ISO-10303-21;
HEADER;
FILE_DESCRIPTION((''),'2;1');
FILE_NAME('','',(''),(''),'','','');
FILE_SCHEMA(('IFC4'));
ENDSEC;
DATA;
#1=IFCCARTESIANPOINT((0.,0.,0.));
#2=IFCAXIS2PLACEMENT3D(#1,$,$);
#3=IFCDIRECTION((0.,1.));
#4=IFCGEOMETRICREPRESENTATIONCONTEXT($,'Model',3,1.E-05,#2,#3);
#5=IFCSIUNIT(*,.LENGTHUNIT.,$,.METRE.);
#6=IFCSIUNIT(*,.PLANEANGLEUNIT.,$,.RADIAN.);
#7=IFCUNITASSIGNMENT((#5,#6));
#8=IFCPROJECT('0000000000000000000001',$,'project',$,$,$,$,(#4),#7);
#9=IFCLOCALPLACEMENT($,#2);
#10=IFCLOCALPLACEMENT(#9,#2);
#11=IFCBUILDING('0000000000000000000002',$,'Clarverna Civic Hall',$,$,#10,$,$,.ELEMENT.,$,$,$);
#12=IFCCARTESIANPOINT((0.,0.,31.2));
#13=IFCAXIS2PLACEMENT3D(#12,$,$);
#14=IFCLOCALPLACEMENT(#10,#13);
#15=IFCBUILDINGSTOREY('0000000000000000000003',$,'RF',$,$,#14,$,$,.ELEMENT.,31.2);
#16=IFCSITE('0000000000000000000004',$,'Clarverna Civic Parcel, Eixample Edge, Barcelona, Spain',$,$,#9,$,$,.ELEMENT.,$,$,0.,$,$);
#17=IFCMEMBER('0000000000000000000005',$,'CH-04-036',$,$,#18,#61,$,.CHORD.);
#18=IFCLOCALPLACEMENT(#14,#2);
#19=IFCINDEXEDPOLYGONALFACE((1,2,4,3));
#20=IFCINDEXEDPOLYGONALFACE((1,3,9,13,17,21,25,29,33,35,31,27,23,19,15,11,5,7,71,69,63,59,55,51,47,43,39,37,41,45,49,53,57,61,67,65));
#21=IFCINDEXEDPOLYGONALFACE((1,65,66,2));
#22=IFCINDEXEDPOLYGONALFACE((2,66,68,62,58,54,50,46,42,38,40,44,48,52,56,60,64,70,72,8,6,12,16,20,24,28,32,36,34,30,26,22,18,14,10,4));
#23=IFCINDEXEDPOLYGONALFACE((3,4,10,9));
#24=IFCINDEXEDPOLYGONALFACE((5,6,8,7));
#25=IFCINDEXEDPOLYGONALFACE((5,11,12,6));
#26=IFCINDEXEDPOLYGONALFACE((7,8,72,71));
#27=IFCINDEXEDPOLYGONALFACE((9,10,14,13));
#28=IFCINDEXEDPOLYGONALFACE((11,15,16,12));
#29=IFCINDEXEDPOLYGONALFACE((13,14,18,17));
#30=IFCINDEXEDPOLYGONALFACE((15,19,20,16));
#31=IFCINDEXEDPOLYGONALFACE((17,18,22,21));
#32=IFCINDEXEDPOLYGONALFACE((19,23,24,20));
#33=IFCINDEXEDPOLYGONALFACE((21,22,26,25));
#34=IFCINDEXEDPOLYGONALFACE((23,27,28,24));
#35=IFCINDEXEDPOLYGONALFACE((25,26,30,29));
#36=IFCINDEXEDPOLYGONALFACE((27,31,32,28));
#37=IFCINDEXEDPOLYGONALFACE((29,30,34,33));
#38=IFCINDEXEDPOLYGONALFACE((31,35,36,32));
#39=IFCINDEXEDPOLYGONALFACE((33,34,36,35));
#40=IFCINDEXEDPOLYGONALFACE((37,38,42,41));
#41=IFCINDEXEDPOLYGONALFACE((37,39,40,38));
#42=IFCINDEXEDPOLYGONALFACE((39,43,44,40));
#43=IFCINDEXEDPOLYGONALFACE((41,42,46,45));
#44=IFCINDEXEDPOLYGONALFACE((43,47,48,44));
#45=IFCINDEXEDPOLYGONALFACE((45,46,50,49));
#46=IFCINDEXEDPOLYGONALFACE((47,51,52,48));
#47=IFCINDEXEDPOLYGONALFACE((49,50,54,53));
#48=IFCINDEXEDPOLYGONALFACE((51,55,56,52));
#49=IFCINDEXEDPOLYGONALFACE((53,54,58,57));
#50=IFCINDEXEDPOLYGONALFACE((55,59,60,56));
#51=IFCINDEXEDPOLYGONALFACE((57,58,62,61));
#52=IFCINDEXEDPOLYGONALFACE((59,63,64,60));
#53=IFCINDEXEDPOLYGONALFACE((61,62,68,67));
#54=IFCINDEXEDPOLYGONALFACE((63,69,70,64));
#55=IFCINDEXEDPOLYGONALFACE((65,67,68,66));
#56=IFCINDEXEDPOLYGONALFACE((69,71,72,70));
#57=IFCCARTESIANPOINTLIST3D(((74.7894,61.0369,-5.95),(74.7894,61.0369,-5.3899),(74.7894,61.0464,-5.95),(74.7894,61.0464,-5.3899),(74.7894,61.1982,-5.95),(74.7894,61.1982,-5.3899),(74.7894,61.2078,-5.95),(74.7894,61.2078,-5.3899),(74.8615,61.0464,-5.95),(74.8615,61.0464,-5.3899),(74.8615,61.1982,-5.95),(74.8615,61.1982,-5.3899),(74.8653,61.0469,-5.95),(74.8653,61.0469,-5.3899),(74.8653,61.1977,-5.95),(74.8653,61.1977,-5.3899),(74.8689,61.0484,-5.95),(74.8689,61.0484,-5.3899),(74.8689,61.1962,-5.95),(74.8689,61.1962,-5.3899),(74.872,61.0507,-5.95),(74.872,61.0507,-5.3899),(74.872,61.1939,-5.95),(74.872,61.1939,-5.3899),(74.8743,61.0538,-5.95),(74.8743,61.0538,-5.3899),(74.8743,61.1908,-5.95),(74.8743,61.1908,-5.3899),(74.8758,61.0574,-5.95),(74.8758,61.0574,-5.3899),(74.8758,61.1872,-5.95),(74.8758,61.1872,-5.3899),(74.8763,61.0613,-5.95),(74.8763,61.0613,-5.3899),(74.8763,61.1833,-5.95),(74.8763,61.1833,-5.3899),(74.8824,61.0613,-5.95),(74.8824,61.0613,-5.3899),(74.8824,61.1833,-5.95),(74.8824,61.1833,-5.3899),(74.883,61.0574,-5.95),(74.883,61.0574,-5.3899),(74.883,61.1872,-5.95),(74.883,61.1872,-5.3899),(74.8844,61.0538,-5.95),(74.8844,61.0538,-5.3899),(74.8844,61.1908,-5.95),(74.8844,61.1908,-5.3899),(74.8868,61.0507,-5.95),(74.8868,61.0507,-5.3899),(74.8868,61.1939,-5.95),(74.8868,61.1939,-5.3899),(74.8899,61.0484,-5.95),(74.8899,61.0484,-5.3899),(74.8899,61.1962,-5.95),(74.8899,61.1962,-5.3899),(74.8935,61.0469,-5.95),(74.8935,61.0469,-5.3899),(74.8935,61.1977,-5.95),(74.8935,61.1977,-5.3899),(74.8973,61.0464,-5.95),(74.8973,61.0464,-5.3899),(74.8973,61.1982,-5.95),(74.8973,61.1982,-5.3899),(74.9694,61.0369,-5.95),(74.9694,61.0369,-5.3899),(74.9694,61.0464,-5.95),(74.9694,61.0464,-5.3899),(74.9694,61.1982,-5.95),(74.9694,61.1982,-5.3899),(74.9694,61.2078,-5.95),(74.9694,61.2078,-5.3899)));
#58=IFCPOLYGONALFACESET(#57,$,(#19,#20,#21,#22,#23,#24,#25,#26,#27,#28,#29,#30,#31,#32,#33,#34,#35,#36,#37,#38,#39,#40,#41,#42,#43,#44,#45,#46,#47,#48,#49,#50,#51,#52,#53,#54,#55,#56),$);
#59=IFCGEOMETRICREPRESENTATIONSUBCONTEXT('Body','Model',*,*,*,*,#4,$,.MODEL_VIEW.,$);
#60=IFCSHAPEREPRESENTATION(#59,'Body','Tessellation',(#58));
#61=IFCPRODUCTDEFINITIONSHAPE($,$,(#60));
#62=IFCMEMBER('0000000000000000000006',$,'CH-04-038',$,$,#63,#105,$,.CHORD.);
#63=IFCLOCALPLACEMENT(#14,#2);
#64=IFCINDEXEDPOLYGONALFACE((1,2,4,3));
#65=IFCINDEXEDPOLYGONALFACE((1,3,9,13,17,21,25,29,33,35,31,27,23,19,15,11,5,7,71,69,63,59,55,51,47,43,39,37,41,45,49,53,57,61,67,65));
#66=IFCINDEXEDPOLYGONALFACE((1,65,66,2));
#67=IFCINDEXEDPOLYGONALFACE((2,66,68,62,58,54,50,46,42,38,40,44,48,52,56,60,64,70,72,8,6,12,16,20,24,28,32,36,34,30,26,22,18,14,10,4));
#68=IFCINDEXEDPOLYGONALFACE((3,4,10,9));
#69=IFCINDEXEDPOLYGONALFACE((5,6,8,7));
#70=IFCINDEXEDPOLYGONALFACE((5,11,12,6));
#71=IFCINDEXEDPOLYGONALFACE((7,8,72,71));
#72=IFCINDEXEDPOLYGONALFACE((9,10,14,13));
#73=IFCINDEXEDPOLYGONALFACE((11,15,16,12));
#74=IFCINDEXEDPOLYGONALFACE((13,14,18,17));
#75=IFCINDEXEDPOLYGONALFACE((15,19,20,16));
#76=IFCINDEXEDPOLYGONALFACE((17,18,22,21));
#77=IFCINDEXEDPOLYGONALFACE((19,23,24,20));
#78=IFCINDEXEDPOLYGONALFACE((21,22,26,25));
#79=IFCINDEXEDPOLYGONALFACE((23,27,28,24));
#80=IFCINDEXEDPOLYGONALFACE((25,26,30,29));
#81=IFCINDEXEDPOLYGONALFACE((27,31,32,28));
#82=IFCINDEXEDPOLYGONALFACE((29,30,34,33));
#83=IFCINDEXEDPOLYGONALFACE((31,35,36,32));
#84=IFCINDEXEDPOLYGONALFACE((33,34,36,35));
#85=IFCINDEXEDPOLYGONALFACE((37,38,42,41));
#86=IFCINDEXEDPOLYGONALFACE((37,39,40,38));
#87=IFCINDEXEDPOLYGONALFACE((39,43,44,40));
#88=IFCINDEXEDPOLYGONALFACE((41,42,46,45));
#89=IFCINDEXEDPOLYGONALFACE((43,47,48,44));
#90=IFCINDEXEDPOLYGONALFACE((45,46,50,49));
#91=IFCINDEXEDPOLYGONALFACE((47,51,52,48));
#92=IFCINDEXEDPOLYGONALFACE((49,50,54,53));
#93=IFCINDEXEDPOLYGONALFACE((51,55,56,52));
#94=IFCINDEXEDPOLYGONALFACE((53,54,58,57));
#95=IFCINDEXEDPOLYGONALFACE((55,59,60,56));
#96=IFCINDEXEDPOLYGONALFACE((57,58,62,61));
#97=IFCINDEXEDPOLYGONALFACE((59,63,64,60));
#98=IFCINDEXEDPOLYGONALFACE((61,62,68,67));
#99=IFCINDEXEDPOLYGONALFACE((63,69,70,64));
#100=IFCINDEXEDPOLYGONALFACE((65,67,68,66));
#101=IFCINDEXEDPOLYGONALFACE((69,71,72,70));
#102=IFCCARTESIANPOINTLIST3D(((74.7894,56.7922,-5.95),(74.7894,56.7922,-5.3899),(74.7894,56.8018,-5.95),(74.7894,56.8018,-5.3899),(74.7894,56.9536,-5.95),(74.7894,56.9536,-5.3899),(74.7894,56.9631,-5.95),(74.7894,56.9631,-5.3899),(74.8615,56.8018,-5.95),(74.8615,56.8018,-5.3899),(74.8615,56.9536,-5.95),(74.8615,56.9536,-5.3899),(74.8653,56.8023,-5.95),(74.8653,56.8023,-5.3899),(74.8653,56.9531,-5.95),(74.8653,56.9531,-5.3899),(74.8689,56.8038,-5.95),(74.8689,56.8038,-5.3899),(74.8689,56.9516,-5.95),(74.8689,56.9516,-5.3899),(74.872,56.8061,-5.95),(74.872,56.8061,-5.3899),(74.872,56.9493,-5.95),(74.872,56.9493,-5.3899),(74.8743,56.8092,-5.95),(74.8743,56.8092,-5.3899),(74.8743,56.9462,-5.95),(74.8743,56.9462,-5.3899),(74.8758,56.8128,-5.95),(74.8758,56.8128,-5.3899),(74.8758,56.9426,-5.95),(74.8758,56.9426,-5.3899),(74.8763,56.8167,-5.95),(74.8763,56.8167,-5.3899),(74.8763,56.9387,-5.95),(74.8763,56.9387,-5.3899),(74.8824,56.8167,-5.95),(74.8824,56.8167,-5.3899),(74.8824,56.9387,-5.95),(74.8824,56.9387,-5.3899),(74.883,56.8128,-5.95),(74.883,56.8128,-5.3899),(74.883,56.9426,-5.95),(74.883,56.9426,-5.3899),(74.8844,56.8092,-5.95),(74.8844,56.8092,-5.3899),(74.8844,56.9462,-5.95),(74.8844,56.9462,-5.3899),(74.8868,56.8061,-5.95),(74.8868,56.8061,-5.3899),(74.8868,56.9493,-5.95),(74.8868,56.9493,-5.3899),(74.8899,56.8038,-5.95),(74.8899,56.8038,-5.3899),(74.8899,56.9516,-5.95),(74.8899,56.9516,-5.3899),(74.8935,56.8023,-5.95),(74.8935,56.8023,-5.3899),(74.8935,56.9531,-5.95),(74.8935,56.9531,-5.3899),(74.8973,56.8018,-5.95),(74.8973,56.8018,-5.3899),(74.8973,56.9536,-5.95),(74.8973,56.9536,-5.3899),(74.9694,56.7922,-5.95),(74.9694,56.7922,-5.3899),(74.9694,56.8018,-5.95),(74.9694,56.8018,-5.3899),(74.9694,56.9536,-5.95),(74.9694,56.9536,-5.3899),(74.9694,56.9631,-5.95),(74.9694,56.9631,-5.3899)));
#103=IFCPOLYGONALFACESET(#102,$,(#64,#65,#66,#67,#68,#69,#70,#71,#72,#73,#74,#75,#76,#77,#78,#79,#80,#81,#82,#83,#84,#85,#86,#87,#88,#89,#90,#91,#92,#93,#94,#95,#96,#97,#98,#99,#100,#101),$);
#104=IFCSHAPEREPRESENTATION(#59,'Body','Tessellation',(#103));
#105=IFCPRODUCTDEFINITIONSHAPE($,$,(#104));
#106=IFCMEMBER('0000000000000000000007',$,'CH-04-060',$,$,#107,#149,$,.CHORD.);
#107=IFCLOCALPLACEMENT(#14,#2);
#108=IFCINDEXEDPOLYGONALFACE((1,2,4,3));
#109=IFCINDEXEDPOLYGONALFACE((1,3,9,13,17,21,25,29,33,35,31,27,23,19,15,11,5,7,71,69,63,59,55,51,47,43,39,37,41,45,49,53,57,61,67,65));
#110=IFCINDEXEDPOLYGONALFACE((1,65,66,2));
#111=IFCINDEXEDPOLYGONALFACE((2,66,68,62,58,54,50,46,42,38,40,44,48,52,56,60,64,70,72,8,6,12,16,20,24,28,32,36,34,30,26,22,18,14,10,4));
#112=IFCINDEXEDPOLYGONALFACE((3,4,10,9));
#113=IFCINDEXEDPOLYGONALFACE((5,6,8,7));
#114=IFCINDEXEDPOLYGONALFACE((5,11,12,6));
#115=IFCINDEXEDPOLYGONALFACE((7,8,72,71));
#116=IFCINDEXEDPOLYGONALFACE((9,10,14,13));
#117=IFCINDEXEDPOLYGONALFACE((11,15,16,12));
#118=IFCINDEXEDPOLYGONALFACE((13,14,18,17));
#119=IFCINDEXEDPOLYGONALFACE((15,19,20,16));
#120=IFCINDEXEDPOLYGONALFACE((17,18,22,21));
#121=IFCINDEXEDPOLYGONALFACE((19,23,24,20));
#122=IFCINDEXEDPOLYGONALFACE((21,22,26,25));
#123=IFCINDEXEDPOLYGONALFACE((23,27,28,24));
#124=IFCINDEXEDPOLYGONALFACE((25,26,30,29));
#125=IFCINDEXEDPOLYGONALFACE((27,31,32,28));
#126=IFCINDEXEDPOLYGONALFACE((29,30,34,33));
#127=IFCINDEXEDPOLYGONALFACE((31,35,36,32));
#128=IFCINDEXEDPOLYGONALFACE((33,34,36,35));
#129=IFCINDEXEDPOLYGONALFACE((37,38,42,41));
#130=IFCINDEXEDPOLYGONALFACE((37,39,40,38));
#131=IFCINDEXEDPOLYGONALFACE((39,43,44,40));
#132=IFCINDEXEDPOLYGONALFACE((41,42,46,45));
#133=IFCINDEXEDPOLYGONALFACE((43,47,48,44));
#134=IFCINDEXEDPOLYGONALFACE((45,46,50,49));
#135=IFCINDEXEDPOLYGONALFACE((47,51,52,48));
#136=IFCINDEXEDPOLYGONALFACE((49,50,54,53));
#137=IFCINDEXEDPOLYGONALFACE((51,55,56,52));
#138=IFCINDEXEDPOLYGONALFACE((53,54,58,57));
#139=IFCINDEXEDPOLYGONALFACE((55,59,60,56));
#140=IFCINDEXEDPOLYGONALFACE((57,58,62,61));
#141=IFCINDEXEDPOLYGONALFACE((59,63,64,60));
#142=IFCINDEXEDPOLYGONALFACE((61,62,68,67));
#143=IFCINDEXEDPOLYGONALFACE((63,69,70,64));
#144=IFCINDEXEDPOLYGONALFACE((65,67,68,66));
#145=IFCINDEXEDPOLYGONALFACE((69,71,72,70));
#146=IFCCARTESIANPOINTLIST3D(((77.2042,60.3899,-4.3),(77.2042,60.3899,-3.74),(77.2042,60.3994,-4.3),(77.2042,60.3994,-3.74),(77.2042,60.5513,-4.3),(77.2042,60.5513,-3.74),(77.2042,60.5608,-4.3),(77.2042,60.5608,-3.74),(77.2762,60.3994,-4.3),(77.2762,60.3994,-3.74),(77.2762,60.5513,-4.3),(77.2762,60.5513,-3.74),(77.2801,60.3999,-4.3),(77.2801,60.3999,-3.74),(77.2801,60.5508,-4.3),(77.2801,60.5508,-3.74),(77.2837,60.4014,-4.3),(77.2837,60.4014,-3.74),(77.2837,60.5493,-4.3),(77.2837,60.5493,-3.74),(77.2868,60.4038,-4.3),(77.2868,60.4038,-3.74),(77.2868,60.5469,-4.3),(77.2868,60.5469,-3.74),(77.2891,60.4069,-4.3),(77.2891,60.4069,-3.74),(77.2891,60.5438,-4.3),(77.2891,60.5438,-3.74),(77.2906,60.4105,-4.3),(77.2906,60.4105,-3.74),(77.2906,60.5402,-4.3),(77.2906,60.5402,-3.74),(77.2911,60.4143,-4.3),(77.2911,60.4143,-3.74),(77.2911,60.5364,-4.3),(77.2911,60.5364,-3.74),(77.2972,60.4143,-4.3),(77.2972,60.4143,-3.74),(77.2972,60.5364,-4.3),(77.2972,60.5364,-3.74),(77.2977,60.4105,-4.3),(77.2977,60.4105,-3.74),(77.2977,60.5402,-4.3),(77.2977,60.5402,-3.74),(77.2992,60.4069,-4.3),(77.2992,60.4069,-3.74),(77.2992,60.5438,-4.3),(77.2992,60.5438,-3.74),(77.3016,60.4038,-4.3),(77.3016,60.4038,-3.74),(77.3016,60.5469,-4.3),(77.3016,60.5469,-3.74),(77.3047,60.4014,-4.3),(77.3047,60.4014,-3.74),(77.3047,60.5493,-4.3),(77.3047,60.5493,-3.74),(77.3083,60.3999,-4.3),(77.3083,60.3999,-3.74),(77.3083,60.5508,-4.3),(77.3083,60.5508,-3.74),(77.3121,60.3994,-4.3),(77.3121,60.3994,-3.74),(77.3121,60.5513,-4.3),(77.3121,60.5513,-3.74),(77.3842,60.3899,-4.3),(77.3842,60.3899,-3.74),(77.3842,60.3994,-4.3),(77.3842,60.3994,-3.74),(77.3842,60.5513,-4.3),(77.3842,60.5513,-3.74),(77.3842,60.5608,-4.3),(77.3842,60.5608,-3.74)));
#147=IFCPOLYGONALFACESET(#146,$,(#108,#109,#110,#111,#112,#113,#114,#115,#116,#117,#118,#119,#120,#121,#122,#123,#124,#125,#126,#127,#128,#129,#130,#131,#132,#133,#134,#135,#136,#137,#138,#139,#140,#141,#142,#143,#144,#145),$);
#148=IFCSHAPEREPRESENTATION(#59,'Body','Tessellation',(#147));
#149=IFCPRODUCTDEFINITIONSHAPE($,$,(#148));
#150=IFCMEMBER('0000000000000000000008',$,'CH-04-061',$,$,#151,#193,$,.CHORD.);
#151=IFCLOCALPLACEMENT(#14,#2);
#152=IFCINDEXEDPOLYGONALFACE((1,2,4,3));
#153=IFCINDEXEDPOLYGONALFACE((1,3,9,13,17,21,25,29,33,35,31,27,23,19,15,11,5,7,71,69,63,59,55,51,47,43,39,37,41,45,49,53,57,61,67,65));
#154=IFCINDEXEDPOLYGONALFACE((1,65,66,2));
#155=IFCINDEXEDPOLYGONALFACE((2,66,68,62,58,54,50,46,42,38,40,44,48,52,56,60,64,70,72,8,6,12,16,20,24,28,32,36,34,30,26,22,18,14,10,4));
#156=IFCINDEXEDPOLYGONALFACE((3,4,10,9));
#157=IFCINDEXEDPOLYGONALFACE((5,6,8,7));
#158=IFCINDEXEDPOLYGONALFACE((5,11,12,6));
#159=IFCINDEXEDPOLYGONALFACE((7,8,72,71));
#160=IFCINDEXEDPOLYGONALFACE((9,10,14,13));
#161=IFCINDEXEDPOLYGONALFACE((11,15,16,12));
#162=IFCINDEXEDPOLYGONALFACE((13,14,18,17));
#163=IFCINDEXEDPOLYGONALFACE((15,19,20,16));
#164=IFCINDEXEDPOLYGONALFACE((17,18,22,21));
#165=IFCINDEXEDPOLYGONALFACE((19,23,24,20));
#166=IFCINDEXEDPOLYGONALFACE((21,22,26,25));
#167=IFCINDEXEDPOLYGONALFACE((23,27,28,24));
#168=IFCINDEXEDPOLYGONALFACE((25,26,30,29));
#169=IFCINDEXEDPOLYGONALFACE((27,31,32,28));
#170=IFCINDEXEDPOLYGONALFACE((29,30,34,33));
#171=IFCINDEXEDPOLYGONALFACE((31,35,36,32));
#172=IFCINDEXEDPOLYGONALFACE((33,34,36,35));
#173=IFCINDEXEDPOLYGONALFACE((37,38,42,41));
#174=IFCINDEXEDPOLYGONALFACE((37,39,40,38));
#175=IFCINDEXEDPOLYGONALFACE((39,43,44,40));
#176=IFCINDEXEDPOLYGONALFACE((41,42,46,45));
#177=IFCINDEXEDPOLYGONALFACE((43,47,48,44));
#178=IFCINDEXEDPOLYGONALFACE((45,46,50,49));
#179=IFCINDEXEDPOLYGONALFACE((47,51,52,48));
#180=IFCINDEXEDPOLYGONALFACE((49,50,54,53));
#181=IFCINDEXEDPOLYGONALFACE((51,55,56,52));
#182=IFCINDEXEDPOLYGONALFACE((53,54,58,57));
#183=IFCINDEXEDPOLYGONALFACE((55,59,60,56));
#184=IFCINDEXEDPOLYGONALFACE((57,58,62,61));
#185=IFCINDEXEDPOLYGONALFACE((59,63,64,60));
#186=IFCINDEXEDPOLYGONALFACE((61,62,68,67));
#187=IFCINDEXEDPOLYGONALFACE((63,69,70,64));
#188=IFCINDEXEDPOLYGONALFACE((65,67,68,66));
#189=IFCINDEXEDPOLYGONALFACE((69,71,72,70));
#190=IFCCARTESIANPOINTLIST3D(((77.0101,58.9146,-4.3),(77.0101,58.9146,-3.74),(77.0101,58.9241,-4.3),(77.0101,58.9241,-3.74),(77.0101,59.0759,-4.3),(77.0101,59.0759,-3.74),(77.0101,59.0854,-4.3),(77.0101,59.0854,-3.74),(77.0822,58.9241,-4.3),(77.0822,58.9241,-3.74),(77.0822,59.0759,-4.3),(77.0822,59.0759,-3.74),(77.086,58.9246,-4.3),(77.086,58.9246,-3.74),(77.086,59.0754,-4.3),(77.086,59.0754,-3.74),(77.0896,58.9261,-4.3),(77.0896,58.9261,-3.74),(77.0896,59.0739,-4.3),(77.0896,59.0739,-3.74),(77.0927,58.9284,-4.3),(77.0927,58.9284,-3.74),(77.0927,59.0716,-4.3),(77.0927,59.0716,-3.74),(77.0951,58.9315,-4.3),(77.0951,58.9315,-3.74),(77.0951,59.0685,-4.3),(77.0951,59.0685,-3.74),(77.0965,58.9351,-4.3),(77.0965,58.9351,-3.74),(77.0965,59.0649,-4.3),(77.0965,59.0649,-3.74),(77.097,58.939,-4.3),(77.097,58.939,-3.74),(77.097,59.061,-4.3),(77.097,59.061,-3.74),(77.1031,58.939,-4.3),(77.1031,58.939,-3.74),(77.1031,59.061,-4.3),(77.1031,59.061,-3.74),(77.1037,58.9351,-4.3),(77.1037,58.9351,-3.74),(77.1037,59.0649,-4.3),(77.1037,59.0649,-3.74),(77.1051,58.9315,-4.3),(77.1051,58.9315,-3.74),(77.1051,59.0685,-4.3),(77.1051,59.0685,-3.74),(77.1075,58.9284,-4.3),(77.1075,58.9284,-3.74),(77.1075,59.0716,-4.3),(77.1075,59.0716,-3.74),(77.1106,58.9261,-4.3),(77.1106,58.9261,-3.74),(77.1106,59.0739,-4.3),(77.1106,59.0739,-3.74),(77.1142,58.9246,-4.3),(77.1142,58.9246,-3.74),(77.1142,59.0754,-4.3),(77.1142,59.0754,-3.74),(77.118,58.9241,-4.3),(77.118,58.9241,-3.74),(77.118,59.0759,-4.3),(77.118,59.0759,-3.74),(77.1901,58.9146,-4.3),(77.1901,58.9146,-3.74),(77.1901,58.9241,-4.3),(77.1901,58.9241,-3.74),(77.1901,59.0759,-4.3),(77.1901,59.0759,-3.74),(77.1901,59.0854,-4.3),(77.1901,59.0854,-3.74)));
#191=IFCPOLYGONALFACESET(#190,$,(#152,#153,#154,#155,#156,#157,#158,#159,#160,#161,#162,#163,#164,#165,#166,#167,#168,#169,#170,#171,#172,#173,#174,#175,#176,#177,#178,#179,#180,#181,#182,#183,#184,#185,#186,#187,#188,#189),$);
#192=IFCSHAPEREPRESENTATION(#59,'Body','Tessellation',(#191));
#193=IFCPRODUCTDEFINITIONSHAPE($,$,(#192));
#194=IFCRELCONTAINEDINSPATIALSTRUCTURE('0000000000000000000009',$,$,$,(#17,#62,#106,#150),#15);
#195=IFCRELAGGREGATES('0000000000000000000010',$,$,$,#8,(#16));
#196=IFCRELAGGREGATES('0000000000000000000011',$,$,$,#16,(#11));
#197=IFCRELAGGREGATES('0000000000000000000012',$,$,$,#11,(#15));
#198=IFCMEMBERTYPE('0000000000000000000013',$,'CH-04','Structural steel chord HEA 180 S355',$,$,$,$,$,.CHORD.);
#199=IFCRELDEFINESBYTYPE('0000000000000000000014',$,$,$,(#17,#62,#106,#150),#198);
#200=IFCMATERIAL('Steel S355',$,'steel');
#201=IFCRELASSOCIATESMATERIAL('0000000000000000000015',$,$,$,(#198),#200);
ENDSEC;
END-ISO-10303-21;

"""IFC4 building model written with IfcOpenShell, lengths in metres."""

from ifc_helpers import new_model, si_unit, direction, frame, origin, origin_2d, place, context, subcontext, project, spatial, i_section, extrude, material, material_profile, profile_set, type_object, element, save


model = new_model("IFC4")

# Units and contexts
model_context = context("Model", 3, precision=1e-05, world=origin(), true_north=direction((0.0, 1.0)))
body_context = subcontext(model_context, "Body", "Model", "MODEL_VIEW")
ifc_project = project(units=[si_unit("LENGTHUNIT", "METRE"), si_unit("PLANEANGLEUNIT", "RADIAN")], contexts=[model_context])

# Site, building, storey
site_placement = place(None, origin())
site = spatial("IfcSite", under=ifc_project, at=site_placement, Name="Clarverna Civic Parcel, Eixample Edge, Barcelona, Spain", CompositionType="ELEMENT", RefElevation=0.0)
building_placement = place(site_placement, origin())
building = spatial("IfcBuilding", under=site, at=building_placement, Name="Clarverna Civic Hall", CompositionType="ELEMENT")
storey_placement = place(building_placement, frame((0.0, 0.0, 31.2)))
storey = spatial("IfcBuildingStorey", under=building, at=storey_placement, Name="RF", CompositionType="ELEMENT", Elevation=31.2)

# Members
ifc_material_1 = material(Name="Steel S355", Category="steel")
ifc_material_profile_1 = material_profile(ifc_material_1, i_section(OverallWidth=0.1799, OverallDepth=0.1709, WebThickness=0.0061, FlangeThickness=0.0095, FilletRadius=0.0149, at=origin_2d()), Name="HEA 180")
ifc_profile_set_1 = profile_set([ifc_material_profile_1], Name="Steel S355")
member_type_1 = type_object("IfcMemberType", Name="CH-04", Description="Structural steel chord HEA 180 S355", PredefinedType="CHORD", material=ifc_profile_set_1)
for number, where, z_axis, x_axis, name in (
    (1, (74.8794, 61.1223, -5.95), (0.0, 0.0, 1.0), (1.0, 0.0, 0.0), "CH-04-036"),
    (2, (74.8794, 56.8777, -5.95), (0.0, 0.0, 1.0), (1.0, 0.0, 0.0), "CH-04-038"),
    (3, (77.2942, 60.4753, -4.3), (0.0, 0.0, 1.0), (1.0, 0.0, 0.0), "CH-04-060"),
    (4, (77.1001, 59.0, -4.3), (0.0, 0.0, 1.0), (1.0, 0.0, 0.0), "CH-04-061"),
):
    element("IfcMember", number, at=place(storey_placement, frame(where, z_axis=z_axis, x_axis=x_axis)), inside=storey, type_object=member_type_1, Name=name, PredefinedType="CHORD", context=body_context, shape_type="SweptSolid", body=[
        extrude(i_section(OverallWidth=0.1799, OverallDepth=0.1709, WebThickness=0.0061, FlangeThickness=0.0095, FilletRadius=0.0149, at=origin_2d()), origin(), (0.0, 0.0, 1.0), 0.5601),
    ])

save(model, "model.ifc")
